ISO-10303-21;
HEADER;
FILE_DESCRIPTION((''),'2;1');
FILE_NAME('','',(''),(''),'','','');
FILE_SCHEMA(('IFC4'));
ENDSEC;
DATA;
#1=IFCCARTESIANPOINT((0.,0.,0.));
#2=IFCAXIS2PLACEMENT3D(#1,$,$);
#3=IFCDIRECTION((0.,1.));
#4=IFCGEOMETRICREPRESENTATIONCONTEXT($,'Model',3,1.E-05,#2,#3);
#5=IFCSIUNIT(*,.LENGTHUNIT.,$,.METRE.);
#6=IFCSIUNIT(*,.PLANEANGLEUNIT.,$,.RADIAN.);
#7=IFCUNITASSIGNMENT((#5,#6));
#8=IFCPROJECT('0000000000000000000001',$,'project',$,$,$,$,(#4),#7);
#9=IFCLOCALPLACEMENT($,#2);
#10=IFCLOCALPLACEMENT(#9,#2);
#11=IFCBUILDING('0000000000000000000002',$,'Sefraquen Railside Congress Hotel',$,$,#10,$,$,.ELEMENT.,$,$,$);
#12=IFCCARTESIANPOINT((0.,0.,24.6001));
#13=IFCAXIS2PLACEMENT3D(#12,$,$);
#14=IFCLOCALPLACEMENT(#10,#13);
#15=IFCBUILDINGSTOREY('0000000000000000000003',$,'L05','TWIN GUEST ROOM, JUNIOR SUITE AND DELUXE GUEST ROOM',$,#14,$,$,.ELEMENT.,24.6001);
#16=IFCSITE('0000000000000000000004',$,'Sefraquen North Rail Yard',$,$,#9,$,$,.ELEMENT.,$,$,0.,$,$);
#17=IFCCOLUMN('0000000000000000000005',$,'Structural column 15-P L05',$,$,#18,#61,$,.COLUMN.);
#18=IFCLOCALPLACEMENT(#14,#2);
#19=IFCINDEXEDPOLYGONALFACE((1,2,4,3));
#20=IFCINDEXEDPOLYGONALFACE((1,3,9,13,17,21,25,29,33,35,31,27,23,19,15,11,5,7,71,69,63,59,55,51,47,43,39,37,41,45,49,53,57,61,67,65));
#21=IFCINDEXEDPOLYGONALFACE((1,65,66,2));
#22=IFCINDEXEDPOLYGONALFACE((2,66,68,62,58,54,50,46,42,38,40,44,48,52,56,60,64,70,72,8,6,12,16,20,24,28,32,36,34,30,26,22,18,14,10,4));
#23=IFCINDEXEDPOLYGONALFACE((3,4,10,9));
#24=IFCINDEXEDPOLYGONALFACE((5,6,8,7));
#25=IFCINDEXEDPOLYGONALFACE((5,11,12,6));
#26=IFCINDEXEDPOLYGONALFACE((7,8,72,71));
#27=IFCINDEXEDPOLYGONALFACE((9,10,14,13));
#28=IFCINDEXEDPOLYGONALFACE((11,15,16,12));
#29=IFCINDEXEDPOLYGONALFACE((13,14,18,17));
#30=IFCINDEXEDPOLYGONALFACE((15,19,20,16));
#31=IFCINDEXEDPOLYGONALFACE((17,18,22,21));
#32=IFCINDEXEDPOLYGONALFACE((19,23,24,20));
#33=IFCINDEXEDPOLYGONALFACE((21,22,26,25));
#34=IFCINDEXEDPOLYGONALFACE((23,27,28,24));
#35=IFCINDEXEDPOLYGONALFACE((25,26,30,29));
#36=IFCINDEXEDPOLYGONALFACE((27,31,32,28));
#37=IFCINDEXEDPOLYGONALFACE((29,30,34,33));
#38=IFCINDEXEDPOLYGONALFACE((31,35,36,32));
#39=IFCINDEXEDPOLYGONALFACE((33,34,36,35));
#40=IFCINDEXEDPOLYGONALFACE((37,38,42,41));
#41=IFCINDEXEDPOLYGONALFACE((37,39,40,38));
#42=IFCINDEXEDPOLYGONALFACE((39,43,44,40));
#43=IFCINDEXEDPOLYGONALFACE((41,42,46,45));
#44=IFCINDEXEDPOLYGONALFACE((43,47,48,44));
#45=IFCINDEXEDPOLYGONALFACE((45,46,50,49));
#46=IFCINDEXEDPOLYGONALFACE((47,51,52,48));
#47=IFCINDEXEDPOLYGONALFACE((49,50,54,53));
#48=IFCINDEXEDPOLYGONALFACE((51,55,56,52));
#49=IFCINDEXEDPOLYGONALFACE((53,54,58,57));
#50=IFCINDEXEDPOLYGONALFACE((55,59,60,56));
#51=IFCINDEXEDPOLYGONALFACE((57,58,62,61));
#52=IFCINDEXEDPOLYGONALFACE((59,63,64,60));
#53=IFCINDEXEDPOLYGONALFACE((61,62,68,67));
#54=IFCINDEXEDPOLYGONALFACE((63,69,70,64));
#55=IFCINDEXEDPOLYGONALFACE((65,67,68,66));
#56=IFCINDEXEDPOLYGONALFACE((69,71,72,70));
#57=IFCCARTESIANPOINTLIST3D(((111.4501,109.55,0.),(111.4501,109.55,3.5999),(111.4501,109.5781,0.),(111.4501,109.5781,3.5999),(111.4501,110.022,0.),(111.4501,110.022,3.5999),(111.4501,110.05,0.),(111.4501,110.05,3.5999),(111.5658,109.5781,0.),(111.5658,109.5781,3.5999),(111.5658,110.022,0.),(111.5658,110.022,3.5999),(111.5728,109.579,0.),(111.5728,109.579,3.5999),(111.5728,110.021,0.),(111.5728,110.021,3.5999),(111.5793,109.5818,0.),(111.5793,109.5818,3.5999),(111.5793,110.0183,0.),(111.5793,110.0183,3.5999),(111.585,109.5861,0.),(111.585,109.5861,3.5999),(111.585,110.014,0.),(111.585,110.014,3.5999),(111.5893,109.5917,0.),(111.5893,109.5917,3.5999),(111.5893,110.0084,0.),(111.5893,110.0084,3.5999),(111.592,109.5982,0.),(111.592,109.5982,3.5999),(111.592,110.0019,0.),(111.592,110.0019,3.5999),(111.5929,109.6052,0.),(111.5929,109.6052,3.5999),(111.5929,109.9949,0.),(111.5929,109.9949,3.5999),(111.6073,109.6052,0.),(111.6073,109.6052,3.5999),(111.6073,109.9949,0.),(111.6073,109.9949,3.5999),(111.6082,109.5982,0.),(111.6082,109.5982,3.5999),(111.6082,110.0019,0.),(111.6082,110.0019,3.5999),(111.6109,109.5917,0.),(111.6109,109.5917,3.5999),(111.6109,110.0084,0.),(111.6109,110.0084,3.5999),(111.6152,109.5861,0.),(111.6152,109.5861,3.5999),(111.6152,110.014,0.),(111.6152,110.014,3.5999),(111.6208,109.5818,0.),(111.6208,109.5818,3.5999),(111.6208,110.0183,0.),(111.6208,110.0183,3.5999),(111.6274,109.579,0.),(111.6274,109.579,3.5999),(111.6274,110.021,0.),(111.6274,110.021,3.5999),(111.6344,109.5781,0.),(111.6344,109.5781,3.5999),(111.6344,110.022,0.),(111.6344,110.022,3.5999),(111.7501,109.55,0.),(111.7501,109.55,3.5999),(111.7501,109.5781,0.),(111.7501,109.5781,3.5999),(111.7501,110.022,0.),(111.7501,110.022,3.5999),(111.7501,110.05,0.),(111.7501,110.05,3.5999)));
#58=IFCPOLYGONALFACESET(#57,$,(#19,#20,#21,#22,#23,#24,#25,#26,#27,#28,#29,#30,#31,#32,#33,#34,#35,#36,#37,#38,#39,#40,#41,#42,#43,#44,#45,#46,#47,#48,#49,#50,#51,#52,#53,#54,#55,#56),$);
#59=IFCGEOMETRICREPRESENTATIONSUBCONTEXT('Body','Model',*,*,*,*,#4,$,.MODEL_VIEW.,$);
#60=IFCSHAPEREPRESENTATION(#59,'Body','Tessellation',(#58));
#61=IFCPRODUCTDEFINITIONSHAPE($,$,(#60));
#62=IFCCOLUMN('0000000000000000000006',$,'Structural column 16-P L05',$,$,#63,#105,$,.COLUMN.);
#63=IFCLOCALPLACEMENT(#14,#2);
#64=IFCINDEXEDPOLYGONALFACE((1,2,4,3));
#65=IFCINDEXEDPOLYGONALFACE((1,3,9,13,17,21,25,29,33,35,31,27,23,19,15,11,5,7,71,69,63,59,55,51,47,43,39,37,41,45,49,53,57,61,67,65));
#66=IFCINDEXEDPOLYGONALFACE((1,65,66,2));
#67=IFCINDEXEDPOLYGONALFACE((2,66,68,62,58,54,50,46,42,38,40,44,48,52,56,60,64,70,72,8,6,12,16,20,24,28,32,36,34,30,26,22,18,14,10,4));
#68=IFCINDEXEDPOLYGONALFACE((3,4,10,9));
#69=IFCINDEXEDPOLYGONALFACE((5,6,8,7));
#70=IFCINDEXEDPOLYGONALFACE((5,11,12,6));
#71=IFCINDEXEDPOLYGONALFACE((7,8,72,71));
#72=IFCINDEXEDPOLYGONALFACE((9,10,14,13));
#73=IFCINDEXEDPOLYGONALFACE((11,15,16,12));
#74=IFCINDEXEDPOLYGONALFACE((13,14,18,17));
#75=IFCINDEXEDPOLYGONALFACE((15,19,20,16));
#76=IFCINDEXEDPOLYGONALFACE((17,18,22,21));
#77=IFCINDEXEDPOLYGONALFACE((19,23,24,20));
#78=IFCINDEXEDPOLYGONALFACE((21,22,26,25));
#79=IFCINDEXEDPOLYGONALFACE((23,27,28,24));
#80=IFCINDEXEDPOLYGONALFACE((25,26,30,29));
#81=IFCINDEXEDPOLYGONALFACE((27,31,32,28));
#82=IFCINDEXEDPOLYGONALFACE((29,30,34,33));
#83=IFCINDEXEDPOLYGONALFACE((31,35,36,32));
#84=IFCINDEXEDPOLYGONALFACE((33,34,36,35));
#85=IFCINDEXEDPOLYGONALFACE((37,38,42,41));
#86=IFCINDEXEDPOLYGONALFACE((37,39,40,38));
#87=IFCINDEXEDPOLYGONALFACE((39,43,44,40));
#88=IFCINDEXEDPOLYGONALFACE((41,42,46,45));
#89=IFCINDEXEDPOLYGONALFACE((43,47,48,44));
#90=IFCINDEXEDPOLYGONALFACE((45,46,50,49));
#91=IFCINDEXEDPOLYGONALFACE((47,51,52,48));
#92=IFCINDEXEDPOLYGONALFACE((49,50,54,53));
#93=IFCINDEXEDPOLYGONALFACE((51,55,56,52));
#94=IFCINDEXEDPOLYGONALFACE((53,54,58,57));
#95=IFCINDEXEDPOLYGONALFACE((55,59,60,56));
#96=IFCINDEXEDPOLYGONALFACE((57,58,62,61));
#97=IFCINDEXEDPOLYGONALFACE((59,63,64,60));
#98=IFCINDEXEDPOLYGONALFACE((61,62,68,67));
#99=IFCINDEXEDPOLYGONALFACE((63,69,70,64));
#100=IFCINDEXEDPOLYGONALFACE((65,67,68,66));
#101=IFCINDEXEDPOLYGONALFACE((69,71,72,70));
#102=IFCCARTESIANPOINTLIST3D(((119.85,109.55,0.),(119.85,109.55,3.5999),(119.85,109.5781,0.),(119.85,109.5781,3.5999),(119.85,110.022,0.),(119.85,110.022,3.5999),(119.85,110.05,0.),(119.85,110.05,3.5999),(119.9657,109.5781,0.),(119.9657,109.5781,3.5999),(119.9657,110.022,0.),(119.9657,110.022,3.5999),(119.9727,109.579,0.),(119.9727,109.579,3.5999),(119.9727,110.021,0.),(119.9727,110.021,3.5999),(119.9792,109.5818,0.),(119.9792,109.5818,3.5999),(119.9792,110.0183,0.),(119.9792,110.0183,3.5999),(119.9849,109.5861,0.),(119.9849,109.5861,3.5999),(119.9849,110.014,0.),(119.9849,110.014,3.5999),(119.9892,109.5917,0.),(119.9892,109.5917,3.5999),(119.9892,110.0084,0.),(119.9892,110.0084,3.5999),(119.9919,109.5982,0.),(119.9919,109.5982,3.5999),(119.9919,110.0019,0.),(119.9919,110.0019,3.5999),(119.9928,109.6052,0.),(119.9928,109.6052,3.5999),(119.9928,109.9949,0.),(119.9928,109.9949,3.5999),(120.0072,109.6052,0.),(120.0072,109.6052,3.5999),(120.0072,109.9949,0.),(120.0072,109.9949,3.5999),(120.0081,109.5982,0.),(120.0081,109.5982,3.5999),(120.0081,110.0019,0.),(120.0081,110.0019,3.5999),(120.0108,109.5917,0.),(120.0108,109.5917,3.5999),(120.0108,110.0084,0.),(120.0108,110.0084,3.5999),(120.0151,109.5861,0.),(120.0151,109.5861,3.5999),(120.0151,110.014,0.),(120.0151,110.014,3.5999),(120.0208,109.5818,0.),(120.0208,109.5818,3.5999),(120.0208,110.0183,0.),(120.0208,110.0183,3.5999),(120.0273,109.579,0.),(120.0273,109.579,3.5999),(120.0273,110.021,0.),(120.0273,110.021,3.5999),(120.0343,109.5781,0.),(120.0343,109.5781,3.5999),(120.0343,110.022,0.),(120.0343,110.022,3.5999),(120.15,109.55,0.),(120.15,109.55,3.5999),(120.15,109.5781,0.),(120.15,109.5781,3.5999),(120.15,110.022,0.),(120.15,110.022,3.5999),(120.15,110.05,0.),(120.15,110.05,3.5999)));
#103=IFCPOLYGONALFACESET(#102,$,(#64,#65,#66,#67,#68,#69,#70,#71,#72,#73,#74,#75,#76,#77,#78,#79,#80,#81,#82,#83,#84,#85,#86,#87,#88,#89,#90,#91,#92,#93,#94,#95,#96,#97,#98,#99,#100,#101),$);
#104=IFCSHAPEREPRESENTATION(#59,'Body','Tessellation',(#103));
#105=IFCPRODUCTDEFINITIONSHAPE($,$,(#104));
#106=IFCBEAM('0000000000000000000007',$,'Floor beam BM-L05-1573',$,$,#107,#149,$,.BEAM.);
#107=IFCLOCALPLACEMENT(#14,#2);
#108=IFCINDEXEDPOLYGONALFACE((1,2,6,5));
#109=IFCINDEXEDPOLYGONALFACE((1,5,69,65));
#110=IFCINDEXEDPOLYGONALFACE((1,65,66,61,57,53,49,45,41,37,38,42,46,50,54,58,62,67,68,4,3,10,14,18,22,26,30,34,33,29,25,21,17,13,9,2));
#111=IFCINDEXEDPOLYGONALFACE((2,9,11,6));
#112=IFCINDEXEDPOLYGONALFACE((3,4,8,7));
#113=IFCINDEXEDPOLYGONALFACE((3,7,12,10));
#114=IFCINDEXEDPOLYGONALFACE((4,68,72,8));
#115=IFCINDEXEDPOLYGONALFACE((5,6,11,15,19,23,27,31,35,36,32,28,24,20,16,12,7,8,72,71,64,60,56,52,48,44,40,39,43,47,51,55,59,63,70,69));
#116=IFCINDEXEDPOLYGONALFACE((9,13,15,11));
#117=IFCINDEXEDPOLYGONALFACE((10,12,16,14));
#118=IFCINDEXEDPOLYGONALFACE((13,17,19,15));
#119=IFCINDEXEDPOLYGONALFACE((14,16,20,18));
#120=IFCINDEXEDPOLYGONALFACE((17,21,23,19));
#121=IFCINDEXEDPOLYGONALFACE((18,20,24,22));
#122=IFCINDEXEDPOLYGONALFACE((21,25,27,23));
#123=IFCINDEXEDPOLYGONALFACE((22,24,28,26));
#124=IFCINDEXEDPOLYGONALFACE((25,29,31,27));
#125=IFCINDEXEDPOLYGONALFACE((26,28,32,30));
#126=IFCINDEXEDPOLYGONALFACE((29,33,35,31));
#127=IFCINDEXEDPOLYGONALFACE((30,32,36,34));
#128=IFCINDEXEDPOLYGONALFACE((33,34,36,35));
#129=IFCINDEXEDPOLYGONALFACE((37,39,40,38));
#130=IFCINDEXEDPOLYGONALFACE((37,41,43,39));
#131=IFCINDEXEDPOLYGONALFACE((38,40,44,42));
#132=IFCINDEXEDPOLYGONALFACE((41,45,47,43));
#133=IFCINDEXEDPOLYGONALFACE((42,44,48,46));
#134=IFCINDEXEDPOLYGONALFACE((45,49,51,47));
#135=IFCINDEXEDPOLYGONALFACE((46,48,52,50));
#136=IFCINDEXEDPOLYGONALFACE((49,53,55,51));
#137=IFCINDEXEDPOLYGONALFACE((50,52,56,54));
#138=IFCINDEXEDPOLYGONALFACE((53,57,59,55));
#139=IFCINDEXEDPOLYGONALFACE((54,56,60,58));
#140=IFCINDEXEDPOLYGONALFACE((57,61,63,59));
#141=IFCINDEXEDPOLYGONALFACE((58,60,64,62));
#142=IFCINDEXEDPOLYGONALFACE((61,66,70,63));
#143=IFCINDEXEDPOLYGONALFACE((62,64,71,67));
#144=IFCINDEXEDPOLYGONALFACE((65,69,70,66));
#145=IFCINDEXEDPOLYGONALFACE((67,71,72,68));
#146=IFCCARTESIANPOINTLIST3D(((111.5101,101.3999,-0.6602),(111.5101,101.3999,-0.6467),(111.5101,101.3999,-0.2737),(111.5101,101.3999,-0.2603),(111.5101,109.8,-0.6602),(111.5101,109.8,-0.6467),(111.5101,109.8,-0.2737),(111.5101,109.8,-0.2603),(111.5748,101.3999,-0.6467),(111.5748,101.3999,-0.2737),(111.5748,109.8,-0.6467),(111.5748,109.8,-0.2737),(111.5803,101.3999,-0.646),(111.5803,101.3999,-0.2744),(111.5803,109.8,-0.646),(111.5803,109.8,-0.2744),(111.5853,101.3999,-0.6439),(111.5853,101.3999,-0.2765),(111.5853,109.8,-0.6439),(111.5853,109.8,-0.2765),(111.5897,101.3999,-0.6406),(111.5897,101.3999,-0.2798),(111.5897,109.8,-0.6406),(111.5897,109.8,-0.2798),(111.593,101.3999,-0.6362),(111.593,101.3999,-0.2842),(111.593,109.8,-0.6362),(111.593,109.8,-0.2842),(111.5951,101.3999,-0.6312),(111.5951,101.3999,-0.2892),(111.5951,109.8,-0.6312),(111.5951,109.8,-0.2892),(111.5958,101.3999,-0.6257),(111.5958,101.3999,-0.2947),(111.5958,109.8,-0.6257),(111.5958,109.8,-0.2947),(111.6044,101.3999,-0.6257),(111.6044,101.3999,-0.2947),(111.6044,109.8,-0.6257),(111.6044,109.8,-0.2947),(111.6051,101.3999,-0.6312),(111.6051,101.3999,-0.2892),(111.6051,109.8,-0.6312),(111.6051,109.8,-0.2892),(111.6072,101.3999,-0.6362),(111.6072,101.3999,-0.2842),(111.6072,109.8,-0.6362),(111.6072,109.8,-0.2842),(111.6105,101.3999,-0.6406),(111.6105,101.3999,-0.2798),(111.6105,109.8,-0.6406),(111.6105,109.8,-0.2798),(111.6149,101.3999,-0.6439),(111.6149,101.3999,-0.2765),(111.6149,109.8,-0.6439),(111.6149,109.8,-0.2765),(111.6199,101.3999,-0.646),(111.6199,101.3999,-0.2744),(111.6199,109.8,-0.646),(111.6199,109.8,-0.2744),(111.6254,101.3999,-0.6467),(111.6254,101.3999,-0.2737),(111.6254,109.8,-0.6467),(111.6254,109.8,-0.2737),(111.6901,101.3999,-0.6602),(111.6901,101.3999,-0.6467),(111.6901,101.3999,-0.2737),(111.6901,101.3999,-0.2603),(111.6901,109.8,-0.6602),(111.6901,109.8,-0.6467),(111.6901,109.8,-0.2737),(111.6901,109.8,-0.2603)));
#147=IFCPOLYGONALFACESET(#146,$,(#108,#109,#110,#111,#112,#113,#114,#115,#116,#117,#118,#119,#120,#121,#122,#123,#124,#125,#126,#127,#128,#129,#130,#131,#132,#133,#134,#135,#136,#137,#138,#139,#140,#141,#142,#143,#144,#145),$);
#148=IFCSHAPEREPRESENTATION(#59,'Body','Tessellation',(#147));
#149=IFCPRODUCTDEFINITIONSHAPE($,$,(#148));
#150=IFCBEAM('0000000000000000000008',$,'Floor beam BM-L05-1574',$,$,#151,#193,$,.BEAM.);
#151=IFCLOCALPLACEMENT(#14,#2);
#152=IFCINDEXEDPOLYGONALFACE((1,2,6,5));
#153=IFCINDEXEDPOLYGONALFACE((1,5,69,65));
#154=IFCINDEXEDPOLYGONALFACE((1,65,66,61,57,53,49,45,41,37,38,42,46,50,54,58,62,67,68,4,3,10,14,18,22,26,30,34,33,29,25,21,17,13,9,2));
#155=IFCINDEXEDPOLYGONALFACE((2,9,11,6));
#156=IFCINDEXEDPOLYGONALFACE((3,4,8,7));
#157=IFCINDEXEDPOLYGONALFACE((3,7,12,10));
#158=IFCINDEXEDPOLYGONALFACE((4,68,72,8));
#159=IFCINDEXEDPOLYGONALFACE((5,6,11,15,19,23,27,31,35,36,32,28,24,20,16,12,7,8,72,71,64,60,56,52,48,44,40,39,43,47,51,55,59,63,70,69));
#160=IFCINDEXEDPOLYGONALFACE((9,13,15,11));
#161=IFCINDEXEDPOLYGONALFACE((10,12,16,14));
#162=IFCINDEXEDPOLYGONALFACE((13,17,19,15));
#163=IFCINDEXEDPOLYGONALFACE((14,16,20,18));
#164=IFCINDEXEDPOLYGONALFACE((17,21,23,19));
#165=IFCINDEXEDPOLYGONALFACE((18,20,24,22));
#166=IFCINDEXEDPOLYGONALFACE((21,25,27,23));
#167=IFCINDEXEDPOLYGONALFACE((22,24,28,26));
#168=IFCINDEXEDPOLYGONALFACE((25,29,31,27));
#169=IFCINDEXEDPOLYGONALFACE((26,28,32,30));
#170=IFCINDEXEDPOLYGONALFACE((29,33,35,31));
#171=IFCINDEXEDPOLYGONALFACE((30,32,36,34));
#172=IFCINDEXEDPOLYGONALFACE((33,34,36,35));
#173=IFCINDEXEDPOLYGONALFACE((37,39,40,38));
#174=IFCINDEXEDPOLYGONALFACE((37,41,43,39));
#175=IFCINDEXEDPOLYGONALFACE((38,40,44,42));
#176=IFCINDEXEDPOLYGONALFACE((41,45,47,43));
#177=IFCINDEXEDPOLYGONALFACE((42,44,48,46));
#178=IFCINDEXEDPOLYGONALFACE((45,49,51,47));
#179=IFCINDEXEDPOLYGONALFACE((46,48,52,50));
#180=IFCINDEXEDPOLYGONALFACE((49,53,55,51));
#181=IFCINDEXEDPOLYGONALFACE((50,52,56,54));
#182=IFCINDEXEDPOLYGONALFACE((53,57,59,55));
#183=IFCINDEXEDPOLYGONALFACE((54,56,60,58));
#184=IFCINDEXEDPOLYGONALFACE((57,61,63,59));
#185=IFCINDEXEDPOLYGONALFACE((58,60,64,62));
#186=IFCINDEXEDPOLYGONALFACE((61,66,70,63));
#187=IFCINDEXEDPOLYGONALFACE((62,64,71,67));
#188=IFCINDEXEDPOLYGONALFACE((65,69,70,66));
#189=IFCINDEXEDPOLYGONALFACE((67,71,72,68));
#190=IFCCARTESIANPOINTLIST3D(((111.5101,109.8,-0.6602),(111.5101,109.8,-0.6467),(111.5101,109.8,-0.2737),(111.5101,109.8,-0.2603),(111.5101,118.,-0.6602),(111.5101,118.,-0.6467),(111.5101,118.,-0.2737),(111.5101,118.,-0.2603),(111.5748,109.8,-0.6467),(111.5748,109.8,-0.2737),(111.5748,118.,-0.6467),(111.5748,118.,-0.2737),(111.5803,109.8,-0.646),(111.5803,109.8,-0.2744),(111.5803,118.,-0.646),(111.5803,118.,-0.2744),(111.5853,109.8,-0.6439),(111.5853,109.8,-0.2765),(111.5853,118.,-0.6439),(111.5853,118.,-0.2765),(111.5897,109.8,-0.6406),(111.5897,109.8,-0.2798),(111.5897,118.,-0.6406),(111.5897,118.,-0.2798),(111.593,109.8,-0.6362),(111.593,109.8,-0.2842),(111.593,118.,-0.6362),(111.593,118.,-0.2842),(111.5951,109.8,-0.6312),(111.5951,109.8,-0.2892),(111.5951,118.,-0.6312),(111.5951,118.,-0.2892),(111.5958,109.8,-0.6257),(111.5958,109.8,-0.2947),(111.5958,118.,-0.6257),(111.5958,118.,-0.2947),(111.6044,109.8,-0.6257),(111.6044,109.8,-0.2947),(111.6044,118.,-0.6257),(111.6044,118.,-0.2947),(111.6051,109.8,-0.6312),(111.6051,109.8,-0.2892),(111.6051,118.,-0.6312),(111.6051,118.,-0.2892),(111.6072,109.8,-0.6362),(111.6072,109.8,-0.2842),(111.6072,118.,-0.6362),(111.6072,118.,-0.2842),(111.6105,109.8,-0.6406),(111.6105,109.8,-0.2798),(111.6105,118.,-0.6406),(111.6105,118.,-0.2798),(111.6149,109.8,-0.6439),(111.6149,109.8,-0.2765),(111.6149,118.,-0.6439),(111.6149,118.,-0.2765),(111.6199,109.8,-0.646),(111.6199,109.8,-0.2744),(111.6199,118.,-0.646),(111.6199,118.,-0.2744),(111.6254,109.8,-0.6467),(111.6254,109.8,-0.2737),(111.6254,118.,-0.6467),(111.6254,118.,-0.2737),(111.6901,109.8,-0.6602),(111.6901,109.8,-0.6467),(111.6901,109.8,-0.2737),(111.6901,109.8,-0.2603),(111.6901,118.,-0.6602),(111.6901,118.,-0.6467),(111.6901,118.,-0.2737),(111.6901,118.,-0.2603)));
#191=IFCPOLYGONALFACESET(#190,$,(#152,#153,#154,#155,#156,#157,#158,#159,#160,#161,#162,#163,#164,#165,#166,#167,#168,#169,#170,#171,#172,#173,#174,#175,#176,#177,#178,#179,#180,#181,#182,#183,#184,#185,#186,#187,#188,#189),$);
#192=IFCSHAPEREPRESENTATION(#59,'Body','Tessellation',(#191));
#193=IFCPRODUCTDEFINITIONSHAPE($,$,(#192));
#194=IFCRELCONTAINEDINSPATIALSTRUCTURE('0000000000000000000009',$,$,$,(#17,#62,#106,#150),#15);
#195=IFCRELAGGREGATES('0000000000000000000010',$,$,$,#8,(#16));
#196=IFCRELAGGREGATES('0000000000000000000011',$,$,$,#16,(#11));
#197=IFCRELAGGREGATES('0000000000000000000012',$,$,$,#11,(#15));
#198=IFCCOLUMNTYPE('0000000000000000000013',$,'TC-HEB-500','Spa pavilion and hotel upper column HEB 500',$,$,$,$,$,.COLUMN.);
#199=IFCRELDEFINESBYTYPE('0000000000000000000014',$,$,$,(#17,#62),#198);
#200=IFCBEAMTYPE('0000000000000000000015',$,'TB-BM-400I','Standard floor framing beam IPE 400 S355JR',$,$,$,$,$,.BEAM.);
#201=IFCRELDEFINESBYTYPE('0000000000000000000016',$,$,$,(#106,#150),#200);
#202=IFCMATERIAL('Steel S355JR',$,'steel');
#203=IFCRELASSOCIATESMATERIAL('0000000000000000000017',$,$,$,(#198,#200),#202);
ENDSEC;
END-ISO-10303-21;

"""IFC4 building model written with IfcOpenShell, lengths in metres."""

from ifc_helpers import new_model, si_unit, direction, frame, origin, origin_2d, place, context, subcontext, project, spatial, i_section, extrude, material, material_profile, profile_set, type_object, element, save


model = new_model("IFC4")

# Units and contexts
model_context = context("Model", 3, precision=1e-05, world=origin(), true_north=direction((0.0, 1.0)))
body_context = subcontext(model_context, "Body", "Model", "MODEL_VIEW")
ifc_project = project(units=[si_unit("LENGTHUNIT", "METRE"), si_unit("PLANEANGLEUNIT", "RADIAN")], contexts=[model_context])

# Site, building, storey
site_placement = place(None, origin())
site = spatial("IfcSite", under=ifc_project, at=site_placement, Name="Sefraquen North Rail Yard", CompositionType="ELEMENT", RefElevation=0.0)
building_placement = place(site_placement, origin())
building = spatial("IfcBuilding", under=site, at=building_placement, Name="Sefraquen Railside Congress Hotel", CompositionType="ELEMENT")
storey_placement = place(building_placement, frame((0.0, 0.0, 24.6001)))
storey = spatial("IfcBuildingStorey", under=building, at=storey_placement, Name="L05", Description="TWIN GUEST ROOM, JUNIOR SUITE AND DELUXE GUEST ROOM", CompositionType="ELEMENT", Elevation=24.6001)

# Columns
ifc_material_1 = material(Name="Steel S355JR", Category="steel")
ifc_material_profile_1 = material_profile(ifc_material_1, i_section(OverallWidth=0.3, OverallDepth=0.5, WebThickness=0.0144, FlangeThickness=0.0281, FilletRadius=0.0271, at=origin_2d()), Name="HEB 500")
ifc_profile_set_1 = profile_set([ifc_material_profile_1], Name="Steel S355JR")
column_type_1 = type_object("IfcColumnType", Name="TC-HEB-500", Description="Spa pavilion and hotel upper column HEB 500", PredefinedType="COLUMN", material=ifc_profile_set_1)
for number, where, z_axis, x_axis, name in (
    (1, (111.6001, 109.8, 0.0), (0.0, 0.0, 1.0), (1.0, 0.0, 0.0), "Structural column 15-P L05"),
    (2, (120.0, 109.8, 0.0), (0.0, 0.0, 1.0), (1.0, 0.0, 0.0), "Structural column 16-P L05"),
):
    element("IfcColumn", number, at=place(storey_placement, frame(where, z_axis=z_axis, x_axis=x_axis)), inside=storey, type_object=column_type_1, Name=name, PredefinedType="COLUMN", context=body_context, shape_type="SweptSolid", body=[
        extrude(i_section(OverallWidth=0.3, OverallDepth=0.5, WebThickness=0.0144, FlangeThickness=0.0281, FilletRadius=0.0271, at=origin_2d()), origin(), (0.0, 0.0, 1.0), 3.5999),
    ])

# Beams
ifc_material_profile_2 = material_profile(ifc_material_1, i_section(OverallWidth=0.1799, OverallDepth=0.3999, WebThickness=0.0085, FlangeThickness=0.0134, FilletRadius=0.021, at=origin_2d()), Name="IPE 400")
ifc_profile_set_2 = profile_set([ifc_material_profile_2], Name="Steel S355JR")
beam_type_1 = type_object("IfcBeamType", Name="TB-BM-400I", Description="Standard floor framing beam IPE 400 S355JR", PredefinedType="BEAM", material=ifc_profile_set_2)
beam_1_placement = place(storey_placement, frame((111.6001, 101.3999, -0.4602), z_axis=(0.0, 1.0, 0.0), x_axis=(-1.0, 0.0, 0.0)))
element("IfcBeam", 3, at=beam_1_placement, inside=storey, type_object=beam_type_1, Name="Floor beam BM-L05-1573", PredefinedType="BEAM", context=body_context, shape_type="SweptSolid", body=[
    extrude(i_section(OverallWidth=0.1799, OverallDepth=0.3999, WebThickness=0.0085, FlangeThickness=0.0134, FilletRadius=0.021, at=origin_2d()), origin(), (0.0, 0.0, 1.0), 8.4001),
])
beam_2_placement = place(storey_placement, frame((111.6001, 109.8, -0.4602), z_axis=(0.0, 1.0, 0.0), x_axis=(-1.0, 0.0, 0.0)))
element("IfcBeam", 4, at=beam_2_placement, inside=storey, type_object=beam_type_1, Name="Floor beam BM-L05-1574", PredefinedType="BEAM", context=body_context, shape_type="SweptSolid", body=[
    extrude(i_section(OverallWidth=0.1799, OverallDepth=0.3999, WebThickness=0.0085, FlangeThickness=0.0134, FilletRadius=0.021, at=origin_2d()), origin(), (0.0, 0.0, 1.0), 8.2),
])

save(model, "model.ifc")
